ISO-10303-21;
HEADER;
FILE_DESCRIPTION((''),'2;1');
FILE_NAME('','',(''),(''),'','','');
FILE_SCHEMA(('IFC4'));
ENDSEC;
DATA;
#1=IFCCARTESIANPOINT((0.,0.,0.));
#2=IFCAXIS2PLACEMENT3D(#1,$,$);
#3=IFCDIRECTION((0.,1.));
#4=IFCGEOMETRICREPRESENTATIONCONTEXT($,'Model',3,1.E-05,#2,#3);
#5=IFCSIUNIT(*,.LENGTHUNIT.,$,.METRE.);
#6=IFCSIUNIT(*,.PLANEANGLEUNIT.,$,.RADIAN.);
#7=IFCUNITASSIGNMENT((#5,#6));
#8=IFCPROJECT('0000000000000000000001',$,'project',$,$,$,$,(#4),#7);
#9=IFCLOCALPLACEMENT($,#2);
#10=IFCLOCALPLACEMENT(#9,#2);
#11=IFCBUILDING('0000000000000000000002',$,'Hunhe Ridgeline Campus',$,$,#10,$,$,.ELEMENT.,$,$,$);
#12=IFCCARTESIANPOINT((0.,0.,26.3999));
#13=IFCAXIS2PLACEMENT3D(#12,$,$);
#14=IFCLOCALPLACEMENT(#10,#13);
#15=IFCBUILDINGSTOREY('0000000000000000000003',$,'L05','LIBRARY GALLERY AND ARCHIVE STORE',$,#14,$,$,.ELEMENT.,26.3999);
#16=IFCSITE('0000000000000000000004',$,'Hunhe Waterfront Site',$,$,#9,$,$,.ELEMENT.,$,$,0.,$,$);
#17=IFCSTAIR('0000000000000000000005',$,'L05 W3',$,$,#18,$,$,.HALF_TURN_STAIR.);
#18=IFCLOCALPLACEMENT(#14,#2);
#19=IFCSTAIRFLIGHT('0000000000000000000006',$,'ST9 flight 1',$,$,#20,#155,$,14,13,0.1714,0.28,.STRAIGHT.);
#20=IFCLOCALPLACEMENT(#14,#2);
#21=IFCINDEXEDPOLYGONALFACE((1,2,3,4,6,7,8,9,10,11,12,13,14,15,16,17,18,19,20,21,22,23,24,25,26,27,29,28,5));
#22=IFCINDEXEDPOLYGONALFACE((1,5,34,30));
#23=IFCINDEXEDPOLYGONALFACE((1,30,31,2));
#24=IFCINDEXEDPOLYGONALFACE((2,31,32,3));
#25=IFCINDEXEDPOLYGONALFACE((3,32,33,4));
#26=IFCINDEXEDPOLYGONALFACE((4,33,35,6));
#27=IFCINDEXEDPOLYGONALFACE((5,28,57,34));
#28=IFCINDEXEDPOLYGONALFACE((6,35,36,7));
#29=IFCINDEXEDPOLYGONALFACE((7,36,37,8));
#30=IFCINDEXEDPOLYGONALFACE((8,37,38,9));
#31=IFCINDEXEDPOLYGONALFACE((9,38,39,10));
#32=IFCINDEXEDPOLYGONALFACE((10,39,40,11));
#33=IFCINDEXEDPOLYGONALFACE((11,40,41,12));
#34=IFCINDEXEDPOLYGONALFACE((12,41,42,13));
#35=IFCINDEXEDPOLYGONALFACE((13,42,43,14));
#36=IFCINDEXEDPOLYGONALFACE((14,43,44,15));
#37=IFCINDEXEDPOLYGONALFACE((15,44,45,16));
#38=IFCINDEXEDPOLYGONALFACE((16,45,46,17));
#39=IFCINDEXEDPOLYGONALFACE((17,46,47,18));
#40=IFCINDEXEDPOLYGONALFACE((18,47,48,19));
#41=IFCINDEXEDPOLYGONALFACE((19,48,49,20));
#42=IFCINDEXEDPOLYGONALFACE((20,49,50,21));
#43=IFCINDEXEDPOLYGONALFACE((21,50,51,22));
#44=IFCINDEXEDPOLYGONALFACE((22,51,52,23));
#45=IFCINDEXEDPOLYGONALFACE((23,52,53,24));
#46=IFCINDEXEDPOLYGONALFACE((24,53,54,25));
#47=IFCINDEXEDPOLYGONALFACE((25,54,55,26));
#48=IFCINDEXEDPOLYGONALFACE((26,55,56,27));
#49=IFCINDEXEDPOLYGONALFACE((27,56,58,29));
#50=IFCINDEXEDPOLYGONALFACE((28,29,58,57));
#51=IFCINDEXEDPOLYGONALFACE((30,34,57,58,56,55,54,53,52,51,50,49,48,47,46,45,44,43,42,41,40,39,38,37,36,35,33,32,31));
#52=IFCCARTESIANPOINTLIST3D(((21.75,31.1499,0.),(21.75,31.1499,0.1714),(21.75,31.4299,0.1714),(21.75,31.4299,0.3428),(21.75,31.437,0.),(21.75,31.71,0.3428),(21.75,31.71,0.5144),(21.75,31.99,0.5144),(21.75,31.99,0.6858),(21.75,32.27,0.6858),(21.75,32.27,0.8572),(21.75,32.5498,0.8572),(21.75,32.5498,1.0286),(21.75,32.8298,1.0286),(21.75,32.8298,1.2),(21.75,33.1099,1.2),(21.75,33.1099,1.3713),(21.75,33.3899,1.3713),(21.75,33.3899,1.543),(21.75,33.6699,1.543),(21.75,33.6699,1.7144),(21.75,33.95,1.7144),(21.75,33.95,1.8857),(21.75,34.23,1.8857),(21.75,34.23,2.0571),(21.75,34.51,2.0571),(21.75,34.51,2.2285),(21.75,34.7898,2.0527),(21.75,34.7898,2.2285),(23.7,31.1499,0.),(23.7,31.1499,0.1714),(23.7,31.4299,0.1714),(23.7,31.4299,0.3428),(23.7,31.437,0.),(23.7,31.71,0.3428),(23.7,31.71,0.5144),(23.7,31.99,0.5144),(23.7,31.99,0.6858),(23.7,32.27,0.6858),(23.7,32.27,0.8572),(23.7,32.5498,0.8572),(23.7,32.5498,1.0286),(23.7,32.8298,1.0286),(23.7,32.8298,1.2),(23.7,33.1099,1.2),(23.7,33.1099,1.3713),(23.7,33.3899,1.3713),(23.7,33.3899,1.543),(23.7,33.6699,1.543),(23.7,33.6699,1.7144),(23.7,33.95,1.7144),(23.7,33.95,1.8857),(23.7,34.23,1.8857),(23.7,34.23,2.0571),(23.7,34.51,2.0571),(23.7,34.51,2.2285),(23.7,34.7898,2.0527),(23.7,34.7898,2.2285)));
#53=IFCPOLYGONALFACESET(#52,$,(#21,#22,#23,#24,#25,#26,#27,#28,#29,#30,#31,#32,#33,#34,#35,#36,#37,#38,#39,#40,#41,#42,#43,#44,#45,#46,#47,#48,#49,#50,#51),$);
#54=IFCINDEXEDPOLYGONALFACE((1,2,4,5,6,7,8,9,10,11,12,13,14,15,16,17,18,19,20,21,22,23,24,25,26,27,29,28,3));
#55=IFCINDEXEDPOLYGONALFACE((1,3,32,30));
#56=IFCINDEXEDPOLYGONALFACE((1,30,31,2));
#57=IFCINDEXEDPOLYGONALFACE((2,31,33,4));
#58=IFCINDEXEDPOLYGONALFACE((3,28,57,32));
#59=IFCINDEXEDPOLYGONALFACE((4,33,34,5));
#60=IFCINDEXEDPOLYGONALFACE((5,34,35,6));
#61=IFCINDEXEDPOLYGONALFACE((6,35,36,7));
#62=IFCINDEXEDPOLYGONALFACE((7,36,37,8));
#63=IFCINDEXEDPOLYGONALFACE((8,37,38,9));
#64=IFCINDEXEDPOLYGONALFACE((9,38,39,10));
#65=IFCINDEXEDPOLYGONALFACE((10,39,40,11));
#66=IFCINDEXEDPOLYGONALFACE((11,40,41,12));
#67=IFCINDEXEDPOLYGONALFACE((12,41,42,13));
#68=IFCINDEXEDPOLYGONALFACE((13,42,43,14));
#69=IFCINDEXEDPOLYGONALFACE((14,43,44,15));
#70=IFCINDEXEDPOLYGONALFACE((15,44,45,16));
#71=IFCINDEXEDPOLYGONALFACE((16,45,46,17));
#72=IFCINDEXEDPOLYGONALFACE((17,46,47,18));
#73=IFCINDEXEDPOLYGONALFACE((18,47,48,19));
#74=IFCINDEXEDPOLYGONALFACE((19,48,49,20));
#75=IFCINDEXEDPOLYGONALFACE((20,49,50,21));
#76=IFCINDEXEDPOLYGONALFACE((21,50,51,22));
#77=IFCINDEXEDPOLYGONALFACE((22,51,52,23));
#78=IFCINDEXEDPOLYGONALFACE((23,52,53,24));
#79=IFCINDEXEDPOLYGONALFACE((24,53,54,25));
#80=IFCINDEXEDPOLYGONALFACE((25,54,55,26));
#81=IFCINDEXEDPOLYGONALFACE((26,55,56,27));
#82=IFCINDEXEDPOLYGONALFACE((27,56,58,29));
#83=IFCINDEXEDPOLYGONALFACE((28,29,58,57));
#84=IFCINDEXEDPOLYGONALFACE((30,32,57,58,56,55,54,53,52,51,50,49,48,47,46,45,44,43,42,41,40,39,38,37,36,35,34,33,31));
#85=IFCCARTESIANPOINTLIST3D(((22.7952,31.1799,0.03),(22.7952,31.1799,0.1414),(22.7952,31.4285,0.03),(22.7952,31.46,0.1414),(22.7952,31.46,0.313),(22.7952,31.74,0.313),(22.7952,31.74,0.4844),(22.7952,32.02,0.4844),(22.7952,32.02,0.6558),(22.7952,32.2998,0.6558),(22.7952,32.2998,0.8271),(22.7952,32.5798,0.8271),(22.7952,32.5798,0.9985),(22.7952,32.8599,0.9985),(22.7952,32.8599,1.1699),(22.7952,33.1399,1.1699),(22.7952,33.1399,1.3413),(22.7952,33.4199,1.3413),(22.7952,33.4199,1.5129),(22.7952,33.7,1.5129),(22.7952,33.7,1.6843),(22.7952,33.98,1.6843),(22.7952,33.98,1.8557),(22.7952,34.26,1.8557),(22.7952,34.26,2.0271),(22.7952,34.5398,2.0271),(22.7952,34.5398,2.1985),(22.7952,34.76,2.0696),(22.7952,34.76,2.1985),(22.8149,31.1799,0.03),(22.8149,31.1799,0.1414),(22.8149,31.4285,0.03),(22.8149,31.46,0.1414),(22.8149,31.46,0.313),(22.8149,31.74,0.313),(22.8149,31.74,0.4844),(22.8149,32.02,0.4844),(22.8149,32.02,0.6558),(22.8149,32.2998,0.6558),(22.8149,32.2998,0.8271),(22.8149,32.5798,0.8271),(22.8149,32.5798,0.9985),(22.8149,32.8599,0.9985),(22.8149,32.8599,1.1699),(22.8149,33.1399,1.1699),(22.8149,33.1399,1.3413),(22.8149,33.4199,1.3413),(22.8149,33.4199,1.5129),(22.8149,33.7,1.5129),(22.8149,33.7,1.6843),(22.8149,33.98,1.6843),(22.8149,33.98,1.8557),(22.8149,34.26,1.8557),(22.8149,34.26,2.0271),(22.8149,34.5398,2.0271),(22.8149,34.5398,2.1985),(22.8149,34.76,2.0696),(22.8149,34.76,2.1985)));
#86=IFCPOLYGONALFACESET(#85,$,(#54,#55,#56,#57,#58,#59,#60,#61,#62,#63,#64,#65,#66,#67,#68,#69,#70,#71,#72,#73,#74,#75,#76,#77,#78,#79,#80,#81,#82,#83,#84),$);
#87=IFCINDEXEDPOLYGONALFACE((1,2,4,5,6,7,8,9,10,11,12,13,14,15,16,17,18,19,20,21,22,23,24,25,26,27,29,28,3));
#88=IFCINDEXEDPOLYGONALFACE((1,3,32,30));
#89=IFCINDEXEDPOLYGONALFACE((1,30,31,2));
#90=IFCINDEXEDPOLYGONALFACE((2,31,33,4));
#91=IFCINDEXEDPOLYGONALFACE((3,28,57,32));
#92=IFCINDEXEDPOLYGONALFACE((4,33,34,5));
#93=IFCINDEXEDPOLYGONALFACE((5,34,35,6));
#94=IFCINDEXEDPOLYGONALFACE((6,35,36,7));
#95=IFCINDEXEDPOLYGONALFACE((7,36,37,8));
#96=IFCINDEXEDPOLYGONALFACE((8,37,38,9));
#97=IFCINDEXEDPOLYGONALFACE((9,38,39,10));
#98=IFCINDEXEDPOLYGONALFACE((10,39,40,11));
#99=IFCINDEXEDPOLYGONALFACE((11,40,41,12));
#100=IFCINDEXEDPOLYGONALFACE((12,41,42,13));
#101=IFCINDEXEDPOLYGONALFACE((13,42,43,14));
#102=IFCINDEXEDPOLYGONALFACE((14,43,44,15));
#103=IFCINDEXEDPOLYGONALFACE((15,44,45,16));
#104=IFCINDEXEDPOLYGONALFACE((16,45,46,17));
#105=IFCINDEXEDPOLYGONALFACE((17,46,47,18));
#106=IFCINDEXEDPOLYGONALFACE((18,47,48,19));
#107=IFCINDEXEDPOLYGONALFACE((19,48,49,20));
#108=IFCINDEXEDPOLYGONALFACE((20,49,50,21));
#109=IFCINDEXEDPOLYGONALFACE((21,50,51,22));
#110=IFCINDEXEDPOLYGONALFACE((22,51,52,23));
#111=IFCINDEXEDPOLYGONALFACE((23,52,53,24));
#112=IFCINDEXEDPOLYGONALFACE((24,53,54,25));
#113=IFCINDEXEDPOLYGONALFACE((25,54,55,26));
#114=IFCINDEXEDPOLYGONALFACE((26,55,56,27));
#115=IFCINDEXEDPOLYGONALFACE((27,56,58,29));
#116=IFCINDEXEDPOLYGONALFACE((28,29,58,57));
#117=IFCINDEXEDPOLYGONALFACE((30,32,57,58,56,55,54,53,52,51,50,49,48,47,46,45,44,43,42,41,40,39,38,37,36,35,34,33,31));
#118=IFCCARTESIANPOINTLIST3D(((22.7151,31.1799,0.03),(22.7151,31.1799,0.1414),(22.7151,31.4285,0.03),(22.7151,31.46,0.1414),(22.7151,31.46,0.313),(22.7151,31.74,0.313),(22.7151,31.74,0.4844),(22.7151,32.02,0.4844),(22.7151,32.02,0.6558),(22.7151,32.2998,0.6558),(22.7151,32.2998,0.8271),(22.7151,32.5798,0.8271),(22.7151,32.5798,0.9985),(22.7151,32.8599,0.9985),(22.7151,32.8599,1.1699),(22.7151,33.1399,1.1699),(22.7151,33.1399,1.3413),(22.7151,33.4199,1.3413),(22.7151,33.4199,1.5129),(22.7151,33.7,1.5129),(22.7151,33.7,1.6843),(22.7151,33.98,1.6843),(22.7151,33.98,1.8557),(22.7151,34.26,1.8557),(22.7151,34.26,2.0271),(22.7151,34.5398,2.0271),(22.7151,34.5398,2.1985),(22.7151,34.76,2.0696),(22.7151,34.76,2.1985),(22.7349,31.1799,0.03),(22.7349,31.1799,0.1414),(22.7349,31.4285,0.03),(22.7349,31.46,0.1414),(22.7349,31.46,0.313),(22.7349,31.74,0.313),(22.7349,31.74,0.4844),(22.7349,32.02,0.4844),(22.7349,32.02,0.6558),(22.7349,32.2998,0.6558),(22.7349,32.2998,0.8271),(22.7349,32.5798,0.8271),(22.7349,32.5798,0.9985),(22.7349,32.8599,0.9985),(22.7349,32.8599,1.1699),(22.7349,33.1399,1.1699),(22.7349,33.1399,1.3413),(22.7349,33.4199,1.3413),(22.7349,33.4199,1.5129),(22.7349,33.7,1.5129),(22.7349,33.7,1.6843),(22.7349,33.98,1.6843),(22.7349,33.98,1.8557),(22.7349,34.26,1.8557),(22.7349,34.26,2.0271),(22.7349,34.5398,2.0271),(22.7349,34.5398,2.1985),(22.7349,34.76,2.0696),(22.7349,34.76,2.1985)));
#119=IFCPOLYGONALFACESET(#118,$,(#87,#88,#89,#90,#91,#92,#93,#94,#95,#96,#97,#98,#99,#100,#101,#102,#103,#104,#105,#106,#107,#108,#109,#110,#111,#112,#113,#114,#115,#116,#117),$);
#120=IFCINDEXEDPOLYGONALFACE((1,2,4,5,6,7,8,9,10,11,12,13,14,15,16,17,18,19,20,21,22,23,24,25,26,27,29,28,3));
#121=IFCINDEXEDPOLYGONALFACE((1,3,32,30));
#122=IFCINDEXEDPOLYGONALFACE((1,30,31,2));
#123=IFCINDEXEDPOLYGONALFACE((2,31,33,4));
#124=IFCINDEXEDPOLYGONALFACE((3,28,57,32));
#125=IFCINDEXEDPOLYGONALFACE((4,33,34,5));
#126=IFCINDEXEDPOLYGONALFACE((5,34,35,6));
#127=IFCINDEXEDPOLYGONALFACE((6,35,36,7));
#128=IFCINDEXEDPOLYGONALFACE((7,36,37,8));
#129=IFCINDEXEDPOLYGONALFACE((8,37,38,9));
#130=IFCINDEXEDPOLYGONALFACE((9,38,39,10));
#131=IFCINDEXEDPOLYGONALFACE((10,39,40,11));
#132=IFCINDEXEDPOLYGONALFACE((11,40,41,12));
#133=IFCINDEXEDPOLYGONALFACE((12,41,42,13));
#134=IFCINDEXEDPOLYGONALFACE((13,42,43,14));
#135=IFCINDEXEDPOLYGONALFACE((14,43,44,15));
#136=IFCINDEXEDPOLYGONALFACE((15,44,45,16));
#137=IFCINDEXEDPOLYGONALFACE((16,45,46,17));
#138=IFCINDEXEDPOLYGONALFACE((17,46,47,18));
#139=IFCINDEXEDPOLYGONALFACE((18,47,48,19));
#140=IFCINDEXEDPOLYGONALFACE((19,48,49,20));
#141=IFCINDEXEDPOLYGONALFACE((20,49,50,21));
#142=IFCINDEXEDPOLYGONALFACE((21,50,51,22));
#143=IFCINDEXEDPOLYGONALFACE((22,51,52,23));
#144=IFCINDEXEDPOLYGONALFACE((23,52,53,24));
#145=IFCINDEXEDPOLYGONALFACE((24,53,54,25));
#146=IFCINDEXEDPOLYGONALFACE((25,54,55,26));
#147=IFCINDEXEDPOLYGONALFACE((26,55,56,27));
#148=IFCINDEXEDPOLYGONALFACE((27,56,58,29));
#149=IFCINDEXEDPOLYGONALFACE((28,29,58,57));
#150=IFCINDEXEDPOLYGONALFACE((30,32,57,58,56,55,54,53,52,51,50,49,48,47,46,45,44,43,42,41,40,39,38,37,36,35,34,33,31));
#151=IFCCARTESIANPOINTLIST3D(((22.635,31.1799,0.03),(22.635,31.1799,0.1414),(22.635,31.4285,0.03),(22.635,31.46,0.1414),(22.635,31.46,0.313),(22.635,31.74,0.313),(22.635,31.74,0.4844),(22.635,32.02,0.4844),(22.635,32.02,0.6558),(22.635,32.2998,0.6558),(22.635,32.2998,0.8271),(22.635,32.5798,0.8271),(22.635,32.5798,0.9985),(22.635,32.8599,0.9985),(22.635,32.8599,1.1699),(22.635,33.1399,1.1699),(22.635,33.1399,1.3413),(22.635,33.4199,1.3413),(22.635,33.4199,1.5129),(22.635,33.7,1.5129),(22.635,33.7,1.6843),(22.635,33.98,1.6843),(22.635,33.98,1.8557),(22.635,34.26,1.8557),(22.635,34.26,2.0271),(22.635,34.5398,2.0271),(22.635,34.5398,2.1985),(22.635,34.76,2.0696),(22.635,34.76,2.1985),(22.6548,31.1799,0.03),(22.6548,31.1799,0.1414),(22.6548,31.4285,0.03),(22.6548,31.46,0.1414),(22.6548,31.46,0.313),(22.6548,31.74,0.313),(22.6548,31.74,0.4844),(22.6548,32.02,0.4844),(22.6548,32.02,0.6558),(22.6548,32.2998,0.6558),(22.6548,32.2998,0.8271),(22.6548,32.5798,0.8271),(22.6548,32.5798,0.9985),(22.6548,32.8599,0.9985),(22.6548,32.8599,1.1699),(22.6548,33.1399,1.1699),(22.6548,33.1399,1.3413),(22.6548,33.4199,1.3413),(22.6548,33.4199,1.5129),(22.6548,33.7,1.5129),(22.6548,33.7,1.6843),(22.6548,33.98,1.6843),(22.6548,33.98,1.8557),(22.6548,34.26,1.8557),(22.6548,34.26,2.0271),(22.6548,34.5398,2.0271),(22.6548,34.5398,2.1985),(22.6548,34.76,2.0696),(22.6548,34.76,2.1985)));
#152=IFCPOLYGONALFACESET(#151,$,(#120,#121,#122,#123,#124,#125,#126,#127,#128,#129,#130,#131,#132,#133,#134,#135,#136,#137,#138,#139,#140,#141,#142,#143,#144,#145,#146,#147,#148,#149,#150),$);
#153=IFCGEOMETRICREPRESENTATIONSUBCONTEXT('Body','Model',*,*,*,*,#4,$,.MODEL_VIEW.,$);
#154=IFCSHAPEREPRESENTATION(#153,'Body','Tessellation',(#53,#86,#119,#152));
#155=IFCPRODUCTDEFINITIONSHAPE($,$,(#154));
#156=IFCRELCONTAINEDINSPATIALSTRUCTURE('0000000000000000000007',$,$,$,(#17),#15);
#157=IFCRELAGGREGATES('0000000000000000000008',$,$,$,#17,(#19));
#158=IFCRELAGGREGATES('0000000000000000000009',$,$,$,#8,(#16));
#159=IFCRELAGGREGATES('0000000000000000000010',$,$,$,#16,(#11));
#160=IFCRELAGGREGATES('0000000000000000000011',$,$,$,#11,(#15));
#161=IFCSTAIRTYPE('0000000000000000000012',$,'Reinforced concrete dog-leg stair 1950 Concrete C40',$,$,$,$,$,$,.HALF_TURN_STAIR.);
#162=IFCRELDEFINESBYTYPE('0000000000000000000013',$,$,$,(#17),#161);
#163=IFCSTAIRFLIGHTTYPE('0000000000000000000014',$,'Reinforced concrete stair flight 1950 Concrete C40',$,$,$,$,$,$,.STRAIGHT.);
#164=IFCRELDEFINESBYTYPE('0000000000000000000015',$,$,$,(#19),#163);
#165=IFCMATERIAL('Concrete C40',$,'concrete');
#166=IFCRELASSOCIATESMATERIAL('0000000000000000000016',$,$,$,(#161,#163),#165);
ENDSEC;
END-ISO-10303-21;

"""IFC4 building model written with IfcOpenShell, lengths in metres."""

from ifc_helpers import new_model, si_unit, direction, frame, origin, place, context, subcontext, project, spatial, polyline, outline, extrude, material, type_object, element, aggregate, save


model = new_model("IFC4")

# Units and contexts
model_context = context("Model", 3, precision=1e-05, world=origin(), true_north=direction((0.0, 1.0)))
body_context = subcontext(model_context, "Body", "Model", "MODEL_VIEW")
ifc_project = project(units=[si_unit("LENGTHUNIT", "METRE"), si_unit("PLANEANGLEUNIT", "RADIAN")], contexts=[model_context])

# Site, building, storey
site_placement = place(None, origin())
site = spatial("IfcSite", under=ifc_project, at=site_placement, Name="Hunhe Waterfront Site", CompositionType="ELEMENT", RefElevation=0.0)
building_placement = place(site_placement, origin())
building = spatial("IfcBuilding", under=site, at=building_placement, Name="Hunhe Ridgeline Campus", CompositionType="ELEMENT")
storey_placement = place(building_placement, frame((0.0, 0.0, 26.3999)))
storey = spatial("IfcBuildingStorey", under=building, at=storey_placement, Name="L05", Description="LIBRARY GALLERY AND ARCHIVE STORE", CompositionType="ELEMENT", Elevation=26.3999)

# Stair, stair flight
ifc_material_1 = material(Name="Concrete C40", Category="concrete")
stair_type = type_object("IfcStairType", Name="Reinforced concrete dog-leg stair 1950 Concrete C40", PredefinedType="HALF_TURN_STAIR", material=ifc_material_1)
stair_placement = place(storey_placement, origin())
stair = element("IfcStair", 1, at=stair_placement, inside=storey, type_object=stair_type, Name="L05 W3", PredefinedType="HALF_TURN_STAIR")
stair_flight_type = type_object("IfcStairFlightType", Name="Reinforced concrete stair flight 1950 Concrete C40", PredefinedType="STRAIGHT", material=ifc_material_1)
stair_flight_1_placement = place(storey_placement, frame((22.7251, 31.1499, 0.0), z_axis=(0.0, 0.0, 1.0), x_axis=(0.0, 1.0, 0.0)))
stair_flight_1 = element("IfcStairFlight", 2, at=stair_flight_1_placement, type_object=stair_flight_type, Name="ST9 flight 1", NumberOfRisers=14, NumberOfTreads=13, PredefinedType="STRAIGHT", RiserHeight=0.1714, TreadLength=0.28, context=body_context, shape_type="SweptSolid", body=[
    extrude(outline(polyline([(0.0, 0.0), (0.0, 0.1714), (0.28, 0.1714), (0.28, 0.3428), (0.5601, 0.3428), (0.5601, 0.5144), (0.8401, 0.5144), (0.8401, 0.6858), (1.1201, 0.6858), (1.1201, 0.8572), (1.3999, 0.8572), (1.3999, 1.0286), (1.6799, 1.0286), (1.6799, 1.2), (1.96, 1.2), (1.96, 1.3713), (2.24, 1.3713), (2.24, 1.543), (2.52, 1.543), (2.52, 1.7144), (2.8, 1.7144), (2.8, 1.8857), (3.0801, 1.8857), (3.0801, 2.0571), (3.3601, 2.0571), (3.3601, 2.2285), (3.6399, 2.2285), (3.6399, 2.3999), (3.6399, 2.0527), (0.2871, 0.0), (0.0, 0.0)])), frame((0.0, 0.9751, 0.0), z_axis=(0.0, -1.0, 0.0), x_axis=(1.0, 0.0, 0.0)), (0.0, 0.0, 1.0), 1.95),
    extrude(outline(polyline([(0.03, 0.03), (0.03, 0.1414), (0.3101, 0.1414), (0.3101, 0.313), (0.5901, 0.313), (0.5901, 0.4844), (0.8701, 0.4844), (0.8701, 0.6558), (1.1499, 0.6558), (1.1499, 0.8271), (1.4299, 0.8271), (1.4299, 0.9985), (1.71, 0.9985), (1.71, 1.1699), (1.99, 1.1699), (1.99, 1.3413), (2.27, 1.3413), (2.27, 1.5129), (2.55, 1.5129), (2.55, 1.6843), (2.8301, 1.6843), (2.8301, 1.8557), (3.1101, 1.8557), (3.1101, 2.0271), (3.3899, 2.0271), (3.3899, 2.1985), (3.6101, 2.1985), (3.6101, 2.0696), (0.2786, 0.03), (0.03, 0.03)])), frame((0.0, -0.0701, 0.0), z_axis=(0.0, -1.0, 0.0), x_axis=(1.0, 0.0, 0.0)), (0.0, 0.0, 1.0), 0.0198),
    extrude(outline(polyline([(0.03, 0.03), (0.03, 0.1414), (0.3101, 0.1414), (0.3101, 0.313), (0.5901, 0.313), (0.5901, 0.4844), (0.8701, 0.4844), (0.8701, 0.6558), (1.1499, 0.6558), (1.1499, 0.8271), (1.4299, 0.8271), (1.4299, 0.9985), (1.71, 0.9985), (1.71, 1.1699), (1.99, 1.1699), (1.99, 1.3413), (2.27, 1.3413), (2.27, 1.5129), (2.55, 1.5129), (2.55, 1.6843), (2.8301, 1.6843), (2.8301, 1.8557), (3.1101, 1.8557), (3.1101, 2.0271), (3.3899, 2.0271), (3.3899, 2.1985), (3.6101, 2.1985), (3.6101, 2.0696), (0.2786, 0.03), (0.03, 0.03)])), frame((0.0, 0.01, 0.0), z_axis=(0.0, -1.0, 0.0), x_axis=(1.0, 0.0, 0.0)), (0.0, 0.0, 1.0), 0.0198),
    extrude(outline(polyline([(0.03, 0.03), (0.03, 0.1414), (0.3101, 0.1414), (0.3101, 0.313), (0.5901, 0.313), (0.5901, 0.4844), (0.8701, 0.4844), (0.8701, 0.6558), (1.1499, 0.6558), (1.1499, 0.8271), (1.4299, 0.8271), (1.4299, 0.9985), (1.71, 0.9985), (1.71, 1.1699), (1.99, 1.1699), (1.99, 1.3413), (2.27, 1.3413), (2.27, 1.5129), (2.55, 1.5129), (2.55, 1.6843), (2.8301, 1.6843), (2.8301, 1.8557), (3.1101, 1.8557), (3.1101, 2.0271), (3.3899, 2.0271), (3.3899, 2.1985), (3.6101, 2.1985), (3.6101, 2.0696), (0.2786, 0.03), (0.03, 0.03)])), frame((0.0, 0.0901, 0.0), z_axis=(0.0, -1.0, 0.0), x_axis=(1.0, 0.0, 0.0)), (0.0, 0.0, 1.0), 0.0198),
])
aggregate(stair, [stair_flight_1])

save(model, "model.ifc")
